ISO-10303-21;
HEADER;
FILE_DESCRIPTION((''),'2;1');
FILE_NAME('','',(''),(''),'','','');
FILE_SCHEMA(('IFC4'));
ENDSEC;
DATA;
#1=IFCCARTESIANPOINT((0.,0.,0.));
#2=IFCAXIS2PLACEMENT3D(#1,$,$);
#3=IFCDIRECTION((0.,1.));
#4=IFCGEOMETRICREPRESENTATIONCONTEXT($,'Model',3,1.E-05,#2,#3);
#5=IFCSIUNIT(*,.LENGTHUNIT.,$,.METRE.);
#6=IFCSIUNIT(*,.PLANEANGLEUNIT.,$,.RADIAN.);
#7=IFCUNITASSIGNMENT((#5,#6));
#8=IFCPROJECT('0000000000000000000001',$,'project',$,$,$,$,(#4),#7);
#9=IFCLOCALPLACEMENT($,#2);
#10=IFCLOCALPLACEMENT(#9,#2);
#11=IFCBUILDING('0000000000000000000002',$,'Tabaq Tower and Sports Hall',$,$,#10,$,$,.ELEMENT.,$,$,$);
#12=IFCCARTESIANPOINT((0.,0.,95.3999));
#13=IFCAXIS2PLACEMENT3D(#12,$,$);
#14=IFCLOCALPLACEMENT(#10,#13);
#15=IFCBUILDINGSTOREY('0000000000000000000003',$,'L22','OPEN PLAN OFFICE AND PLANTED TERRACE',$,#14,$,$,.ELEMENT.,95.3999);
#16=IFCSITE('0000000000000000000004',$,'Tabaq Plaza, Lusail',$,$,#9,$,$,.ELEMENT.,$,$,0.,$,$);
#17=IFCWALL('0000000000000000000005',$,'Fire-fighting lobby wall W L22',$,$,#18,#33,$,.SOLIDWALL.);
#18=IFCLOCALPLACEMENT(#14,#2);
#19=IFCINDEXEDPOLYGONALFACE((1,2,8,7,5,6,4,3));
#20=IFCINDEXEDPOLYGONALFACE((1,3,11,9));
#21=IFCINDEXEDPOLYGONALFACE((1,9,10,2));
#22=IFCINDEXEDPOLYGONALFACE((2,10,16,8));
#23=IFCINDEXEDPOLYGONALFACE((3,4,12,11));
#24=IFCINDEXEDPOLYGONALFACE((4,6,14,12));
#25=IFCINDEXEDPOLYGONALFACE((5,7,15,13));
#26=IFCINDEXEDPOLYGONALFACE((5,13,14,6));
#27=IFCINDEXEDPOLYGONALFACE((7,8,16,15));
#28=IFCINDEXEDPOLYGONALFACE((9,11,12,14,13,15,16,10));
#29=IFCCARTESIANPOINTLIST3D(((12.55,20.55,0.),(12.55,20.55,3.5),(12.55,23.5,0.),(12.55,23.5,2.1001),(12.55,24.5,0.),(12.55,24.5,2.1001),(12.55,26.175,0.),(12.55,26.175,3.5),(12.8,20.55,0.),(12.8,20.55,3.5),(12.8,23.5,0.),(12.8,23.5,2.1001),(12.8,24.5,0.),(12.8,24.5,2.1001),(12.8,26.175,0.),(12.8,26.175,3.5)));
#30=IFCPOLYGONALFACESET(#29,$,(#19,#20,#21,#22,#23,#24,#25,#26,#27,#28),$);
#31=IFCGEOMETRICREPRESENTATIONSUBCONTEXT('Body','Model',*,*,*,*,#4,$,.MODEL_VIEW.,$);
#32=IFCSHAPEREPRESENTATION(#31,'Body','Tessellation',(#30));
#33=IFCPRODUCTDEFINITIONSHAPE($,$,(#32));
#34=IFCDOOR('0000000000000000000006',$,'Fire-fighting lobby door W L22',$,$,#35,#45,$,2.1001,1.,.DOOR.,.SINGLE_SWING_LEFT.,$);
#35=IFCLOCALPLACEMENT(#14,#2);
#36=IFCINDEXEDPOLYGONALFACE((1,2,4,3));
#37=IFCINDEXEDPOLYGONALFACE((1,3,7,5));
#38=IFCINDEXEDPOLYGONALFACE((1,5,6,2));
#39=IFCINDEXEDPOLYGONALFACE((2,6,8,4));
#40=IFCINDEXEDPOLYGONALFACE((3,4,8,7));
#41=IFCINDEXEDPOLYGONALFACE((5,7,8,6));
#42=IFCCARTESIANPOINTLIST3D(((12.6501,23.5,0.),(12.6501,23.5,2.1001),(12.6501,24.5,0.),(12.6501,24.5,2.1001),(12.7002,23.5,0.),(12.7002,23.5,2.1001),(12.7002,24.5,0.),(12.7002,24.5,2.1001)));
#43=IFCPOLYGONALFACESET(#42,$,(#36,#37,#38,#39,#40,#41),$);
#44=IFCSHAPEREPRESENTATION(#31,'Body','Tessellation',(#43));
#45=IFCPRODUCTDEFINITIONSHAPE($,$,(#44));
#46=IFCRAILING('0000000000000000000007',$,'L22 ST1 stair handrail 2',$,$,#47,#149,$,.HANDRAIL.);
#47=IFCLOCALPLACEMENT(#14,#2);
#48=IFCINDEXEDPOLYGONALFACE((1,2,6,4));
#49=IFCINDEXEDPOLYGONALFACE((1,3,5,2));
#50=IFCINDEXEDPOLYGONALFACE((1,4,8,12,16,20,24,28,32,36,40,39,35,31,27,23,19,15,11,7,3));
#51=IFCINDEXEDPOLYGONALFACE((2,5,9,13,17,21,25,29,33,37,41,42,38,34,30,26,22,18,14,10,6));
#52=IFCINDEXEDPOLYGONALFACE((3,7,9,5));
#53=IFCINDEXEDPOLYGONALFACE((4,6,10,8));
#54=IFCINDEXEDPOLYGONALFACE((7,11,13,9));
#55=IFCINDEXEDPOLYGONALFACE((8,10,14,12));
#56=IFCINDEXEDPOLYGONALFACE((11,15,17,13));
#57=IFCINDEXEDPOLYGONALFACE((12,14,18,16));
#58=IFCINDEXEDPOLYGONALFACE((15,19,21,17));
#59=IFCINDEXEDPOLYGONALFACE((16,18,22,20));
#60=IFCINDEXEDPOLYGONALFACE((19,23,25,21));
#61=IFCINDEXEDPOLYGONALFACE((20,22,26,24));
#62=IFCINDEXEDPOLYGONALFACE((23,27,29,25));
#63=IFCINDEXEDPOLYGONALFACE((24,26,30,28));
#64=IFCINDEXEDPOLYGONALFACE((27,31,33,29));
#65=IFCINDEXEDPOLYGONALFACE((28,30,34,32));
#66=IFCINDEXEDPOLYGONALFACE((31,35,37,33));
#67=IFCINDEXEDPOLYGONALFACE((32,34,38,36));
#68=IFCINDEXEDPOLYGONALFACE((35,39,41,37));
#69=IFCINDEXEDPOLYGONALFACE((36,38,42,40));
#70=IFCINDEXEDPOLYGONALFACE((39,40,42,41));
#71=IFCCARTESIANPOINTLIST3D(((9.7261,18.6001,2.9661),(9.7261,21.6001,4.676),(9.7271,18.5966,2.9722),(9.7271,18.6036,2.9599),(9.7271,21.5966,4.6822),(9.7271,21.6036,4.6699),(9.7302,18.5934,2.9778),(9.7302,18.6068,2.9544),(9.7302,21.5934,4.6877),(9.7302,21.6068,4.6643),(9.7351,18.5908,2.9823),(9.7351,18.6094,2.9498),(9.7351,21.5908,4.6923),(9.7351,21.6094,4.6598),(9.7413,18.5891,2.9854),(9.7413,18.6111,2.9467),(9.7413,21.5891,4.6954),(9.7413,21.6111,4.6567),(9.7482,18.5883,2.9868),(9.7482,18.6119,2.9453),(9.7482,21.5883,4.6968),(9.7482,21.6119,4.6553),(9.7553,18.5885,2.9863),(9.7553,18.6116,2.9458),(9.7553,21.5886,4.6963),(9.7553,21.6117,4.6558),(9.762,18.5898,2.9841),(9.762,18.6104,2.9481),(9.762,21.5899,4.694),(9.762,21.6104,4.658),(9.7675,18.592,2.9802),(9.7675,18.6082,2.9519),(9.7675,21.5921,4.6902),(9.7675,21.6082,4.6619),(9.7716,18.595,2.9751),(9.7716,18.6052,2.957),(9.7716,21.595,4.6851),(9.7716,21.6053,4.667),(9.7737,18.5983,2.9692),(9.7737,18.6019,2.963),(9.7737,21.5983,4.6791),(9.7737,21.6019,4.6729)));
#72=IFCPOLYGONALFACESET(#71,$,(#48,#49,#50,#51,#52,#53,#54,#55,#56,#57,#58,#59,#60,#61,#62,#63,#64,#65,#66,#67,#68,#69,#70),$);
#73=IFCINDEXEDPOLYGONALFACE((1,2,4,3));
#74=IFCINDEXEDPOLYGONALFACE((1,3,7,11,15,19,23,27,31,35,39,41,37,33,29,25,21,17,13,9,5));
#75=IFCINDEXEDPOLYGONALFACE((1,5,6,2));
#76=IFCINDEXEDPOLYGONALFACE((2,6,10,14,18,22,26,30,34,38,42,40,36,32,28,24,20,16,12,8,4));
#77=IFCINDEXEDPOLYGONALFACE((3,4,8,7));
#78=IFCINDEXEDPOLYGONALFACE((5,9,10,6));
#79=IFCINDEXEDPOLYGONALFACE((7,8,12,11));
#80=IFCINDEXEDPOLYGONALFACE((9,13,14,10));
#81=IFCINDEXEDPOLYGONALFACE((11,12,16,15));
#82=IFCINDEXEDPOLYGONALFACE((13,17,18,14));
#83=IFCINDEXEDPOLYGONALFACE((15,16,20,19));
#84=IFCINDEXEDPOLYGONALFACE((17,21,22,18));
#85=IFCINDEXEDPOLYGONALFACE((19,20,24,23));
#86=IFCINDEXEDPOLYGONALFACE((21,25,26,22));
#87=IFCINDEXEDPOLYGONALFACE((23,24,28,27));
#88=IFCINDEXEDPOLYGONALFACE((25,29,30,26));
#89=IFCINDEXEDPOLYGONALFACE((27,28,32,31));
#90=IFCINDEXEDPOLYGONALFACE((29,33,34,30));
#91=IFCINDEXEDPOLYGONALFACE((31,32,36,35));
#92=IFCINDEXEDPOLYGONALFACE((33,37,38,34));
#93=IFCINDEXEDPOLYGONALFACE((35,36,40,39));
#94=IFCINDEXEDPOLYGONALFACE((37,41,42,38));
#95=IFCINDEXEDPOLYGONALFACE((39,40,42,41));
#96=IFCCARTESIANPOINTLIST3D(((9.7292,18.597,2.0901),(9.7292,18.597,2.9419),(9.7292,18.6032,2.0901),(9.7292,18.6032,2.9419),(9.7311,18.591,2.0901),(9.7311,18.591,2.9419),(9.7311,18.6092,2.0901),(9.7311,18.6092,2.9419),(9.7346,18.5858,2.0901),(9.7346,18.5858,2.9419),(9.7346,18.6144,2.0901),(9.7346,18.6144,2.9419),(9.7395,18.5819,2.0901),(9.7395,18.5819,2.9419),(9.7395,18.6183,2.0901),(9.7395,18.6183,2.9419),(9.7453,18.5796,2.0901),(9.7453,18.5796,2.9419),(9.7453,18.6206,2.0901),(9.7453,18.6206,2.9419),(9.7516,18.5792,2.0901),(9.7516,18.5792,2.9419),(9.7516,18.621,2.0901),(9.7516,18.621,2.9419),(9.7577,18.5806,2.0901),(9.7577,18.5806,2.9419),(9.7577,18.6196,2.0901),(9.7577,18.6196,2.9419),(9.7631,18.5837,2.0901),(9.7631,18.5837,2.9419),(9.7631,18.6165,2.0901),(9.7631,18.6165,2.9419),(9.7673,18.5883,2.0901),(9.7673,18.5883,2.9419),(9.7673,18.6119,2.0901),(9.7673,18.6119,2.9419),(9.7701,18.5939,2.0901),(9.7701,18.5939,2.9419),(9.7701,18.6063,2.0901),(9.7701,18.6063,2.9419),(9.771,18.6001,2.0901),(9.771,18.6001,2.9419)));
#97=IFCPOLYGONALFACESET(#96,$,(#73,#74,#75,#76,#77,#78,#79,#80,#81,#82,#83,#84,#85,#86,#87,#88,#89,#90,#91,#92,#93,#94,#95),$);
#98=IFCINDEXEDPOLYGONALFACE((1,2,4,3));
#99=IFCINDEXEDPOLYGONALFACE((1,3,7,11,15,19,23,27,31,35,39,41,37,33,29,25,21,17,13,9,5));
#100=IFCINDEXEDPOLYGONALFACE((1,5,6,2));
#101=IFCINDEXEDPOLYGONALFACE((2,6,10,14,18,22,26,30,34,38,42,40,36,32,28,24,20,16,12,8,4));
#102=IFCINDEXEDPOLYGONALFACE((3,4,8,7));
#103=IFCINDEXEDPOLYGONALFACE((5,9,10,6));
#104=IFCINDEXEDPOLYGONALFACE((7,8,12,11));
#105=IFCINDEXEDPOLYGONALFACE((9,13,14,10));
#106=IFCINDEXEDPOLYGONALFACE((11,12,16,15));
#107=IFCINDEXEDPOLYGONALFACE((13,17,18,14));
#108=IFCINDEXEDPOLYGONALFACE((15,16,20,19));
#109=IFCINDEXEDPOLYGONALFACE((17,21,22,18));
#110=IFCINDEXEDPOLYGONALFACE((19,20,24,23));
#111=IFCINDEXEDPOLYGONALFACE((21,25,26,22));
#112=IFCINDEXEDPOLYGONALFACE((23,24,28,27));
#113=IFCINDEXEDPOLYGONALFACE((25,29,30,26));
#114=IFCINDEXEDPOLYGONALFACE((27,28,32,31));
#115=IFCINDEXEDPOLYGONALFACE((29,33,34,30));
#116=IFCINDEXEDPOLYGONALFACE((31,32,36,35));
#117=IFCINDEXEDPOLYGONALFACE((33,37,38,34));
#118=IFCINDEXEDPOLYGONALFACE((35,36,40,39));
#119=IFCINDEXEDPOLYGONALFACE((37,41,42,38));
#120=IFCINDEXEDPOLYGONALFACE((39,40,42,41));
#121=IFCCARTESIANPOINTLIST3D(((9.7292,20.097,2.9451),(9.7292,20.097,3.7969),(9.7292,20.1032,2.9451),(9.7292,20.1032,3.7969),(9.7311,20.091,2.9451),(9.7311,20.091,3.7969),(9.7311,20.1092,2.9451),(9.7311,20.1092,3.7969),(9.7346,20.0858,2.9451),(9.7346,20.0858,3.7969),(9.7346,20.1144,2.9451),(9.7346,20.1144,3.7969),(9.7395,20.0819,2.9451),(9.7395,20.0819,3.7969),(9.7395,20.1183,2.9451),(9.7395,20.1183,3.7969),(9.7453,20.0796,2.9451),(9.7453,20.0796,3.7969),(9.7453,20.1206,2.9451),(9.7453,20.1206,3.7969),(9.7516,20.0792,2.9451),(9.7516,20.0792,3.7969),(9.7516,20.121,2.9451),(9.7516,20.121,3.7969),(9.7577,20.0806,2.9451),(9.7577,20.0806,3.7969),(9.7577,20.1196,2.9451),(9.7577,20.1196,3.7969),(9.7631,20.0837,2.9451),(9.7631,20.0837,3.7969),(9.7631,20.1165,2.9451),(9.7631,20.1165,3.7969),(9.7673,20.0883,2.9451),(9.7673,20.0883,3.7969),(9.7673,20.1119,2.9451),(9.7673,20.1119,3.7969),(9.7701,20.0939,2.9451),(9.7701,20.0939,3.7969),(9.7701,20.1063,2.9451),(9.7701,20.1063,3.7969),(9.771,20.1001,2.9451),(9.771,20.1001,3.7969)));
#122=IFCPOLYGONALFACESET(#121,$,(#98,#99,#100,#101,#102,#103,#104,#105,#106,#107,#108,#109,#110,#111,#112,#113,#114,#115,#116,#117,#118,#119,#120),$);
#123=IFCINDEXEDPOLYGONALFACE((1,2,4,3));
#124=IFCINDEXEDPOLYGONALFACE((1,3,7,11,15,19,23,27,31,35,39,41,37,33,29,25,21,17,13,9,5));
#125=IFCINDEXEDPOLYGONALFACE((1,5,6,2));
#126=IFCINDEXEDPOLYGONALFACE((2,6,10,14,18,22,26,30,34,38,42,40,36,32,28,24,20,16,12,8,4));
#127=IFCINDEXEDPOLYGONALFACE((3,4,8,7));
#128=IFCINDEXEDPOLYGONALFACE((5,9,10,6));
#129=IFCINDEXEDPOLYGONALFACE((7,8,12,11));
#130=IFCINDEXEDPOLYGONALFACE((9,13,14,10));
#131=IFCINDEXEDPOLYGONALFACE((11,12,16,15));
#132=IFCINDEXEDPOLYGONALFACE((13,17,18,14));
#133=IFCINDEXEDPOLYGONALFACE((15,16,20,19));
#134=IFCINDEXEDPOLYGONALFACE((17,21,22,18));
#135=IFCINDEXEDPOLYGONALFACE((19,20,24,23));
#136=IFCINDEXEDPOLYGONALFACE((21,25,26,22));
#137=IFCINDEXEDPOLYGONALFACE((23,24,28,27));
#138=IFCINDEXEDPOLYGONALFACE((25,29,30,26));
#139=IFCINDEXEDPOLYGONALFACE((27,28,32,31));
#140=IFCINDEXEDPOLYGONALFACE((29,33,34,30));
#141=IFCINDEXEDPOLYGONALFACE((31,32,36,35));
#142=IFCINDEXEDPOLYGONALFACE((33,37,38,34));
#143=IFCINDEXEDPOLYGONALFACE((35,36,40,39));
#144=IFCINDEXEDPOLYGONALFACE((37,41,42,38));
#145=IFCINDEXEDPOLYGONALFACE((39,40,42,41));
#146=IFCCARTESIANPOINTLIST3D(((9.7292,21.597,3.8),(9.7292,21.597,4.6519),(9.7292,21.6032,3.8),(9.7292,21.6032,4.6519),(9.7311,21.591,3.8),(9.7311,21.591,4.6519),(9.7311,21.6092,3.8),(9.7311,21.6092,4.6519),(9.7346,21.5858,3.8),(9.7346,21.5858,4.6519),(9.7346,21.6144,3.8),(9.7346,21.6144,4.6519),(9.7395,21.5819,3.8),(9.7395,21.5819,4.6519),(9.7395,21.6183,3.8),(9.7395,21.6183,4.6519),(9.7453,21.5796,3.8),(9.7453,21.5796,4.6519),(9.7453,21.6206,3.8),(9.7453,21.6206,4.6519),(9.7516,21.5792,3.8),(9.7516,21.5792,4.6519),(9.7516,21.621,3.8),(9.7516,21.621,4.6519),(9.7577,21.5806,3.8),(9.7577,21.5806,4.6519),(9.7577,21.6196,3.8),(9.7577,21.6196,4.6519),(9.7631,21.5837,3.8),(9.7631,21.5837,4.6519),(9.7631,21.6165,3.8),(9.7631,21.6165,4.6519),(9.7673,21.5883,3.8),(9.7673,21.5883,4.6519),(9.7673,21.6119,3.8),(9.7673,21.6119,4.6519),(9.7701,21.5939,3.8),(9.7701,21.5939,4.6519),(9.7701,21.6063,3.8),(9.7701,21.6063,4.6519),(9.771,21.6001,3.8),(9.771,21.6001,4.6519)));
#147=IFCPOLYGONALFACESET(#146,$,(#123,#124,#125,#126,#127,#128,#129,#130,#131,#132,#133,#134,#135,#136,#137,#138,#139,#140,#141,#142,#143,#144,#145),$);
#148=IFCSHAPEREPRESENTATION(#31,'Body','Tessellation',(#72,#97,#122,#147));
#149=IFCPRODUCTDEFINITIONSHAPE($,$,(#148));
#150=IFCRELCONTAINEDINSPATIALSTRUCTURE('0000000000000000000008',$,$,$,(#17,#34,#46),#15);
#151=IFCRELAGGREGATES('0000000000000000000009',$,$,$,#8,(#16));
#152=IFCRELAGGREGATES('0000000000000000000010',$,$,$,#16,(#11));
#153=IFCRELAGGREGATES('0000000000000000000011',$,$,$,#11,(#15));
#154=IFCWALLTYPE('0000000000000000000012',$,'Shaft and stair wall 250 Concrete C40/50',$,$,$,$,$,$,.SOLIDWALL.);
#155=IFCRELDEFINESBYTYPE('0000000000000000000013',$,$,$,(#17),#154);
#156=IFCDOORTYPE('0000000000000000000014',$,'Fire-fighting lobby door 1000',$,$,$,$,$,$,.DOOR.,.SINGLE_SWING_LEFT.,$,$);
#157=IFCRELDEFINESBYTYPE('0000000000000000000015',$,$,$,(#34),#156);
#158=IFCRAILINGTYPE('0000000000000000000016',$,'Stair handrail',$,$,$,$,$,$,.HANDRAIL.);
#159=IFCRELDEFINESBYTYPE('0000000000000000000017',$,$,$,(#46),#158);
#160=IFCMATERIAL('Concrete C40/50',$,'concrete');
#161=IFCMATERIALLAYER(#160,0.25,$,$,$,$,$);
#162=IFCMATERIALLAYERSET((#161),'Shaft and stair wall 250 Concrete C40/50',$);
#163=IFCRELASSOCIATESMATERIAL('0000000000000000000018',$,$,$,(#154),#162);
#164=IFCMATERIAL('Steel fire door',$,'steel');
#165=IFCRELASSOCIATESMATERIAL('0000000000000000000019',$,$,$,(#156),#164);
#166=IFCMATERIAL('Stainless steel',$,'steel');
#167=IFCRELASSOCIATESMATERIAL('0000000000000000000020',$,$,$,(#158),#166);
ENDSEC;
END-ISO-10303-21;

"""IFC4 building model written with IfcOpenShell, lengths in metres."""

from ifc_helpers import new_model, si_unit, direction, frame, frame_2d, origin, origin_2d, place, context, subcontext, project, spatial, rectangle, circle, extrude, material, layer, layer_set, type_object, element, fill, save


model = new_model("IFC4")

# Units and contexts
model_context = context("Model", 3, precision=1e-05, world=origin(), true_north=direction((0.0, 1.0)))
body_context = subcontext(model_context, "Body", "Model", "MODEL_VIEW")
ifc_project = project(units=[si_unit("LENGTHUNIT", "METRE"), si_unit("PLANEANGLEUNIT", "RADIAN")], contexts=[model_context])

# Site, building, storey
site_placement = place(None, origin())
site = spatial("IfcSite", under=ifc_project, at=site_placement, Name="Tabaq Plaza, Lusail", CompositionType="ELEMENT", RefElevation=0.0)
building_placement = place(site_placement, origin())
building = spatial("IfcBuilding", under=site, at=building_placement, Name="Tabaq Tower and Sports Hall", CompositionType="ELEMENT")
storey_placement = place(building_placement, frame((0.0, 0.0, 95.3999)))
storey = spatial("IfcBuildingStorey", under=building, at=storey_placement, Name="L22", Description="OPEN PLAN OFFICE AND PLANTED TERRACE", CompositionType="ELEMENT", Elevation=95.3999)

# Shared definitions
ifc_material_1 = material(Name="Concrete C40/50", Category="concrete")
ifc_layer_1 = layer(ifc_material_1, 0.25)
ifc_layer_set_1 = layer_set([ifc_layer_1], Name="Shaft and stair wall 250 Concrete C40/50")
wall_type_1 = type_object("IfcWallType", Name="Shaft and stair wall 250 Concrete C40/50", PredefinedType="SOLIDWALL", material=ifc_layer_set_1)

# Wall, opening, door
wall_1_placement = place(storey_placement, frame((12.675, 20.55, 0.0), z_axis=(0.0, 0.0, 1.0), x_axis=(0.0, 1.0, 0.0)))
wall_1 = element("IfcWall", 1, at=wall_1_placement, inside=storey, type_object=wall_type_1, Name="Fire-fighting lobby wall W L22", PredefinedType="SOLIDWALL", context=body_context, shape_type="SweptSolid", body=[
    extrude(rectangle(XDim=5.625, YDim=0.25, at=frame_2d((2.8125, 0.0))), origin(), (0.0, 0.0, 1.0), 3.5),
])
opening_1_placement = place(wall_1_placement, frame((2.95, 0.0, 0.0)))
opening_1 = element("IfcOpeningElement", 2, at=opening_1_placement, cuts=wall_1, PredefinedType="OPENING", context=body_context, shape_type="SweptSolid", body=[
    extrude(rectangle(XDim=1.0, YDim=2.1001, at=frame_2d((0.5, 1.05))), frame((0.0, 0.125, 0.0), z_axis=(0.0, -1.0, 0.0), x_axis=(1.0, 0.0, 0.0)), (0.0, 0.0, 1.0), 0.25),
])
ifc_material_2 = material(Name="Steel fire door", Category="steel")
door_type_1 = type_object("IfcDoorType", Name="Fire-fighting lobby door 1000", OperationType="SINGLE_SWING_LEFT", PredefinedType="DOOR", material=ifc_material_2)
door_1_placement = place(opening_1_placement, origin())
door_1 = element("IfcDoor", 3, at=door_1_placement, inside=storey, type_object=door_type_1, Name="Fire-fighting lobby door W L22", OperationType="SINGLE_SWING_LEFT", OverallHeight=2.1001, OverallWidth=1.0, PredefinedType="DOOR", context=body_context, shape_type="SweptSolid", body=[
    extrude(rectangle(XDim=1.0, YDim=2.1001, at=frame_2d((0.5, 1.05))), frame((0.0, 0.0249, 0.0), z_axis=(0.0, -1.0, 0.0), x_axis=(1.0, 0.0, 0.0)), (0.0, 0.0, 1.0), 0.05),
])
fill(opening_1, door_1)

# Railing
ifc_material_3 = material(Name="Stainless steel", Category="steel")
railing_type = type_object("IfcRailingType", Name="Stair handrail", PredefinedType="HANDRAIL", material=ifc_material_3)
railing_placement = place(storey_placement, frame((9.75, 18.6001, 2.0901)))
element("IfcRailing", 4, at=railing_placement, inside=storey, type_object=railing_type, Name="L22 ST1 stair handrail 2", PredefinedType="HANDRAIL", context=body_context, shape_type="SweptSolid", body=[
    extrude(circle(Radius=0.0239, at=origin_2d()), frame((0.0, 0.0, 0.876), z_axis=(0.0, 0.868782, 0.495195), x_axis=(-1.0, 0.0, 0.0)), (0.0, 0.0, 1.0), 3.4531),
    extrude(circle(Radius=0.021, at=origin_2d()), origin(), (0.0, 0.0, 1.0), 0.8518),
    extrude(circle(Radius=0.021, at=origin_2d()), frame((0.0, 1.5, 0.855)), (0.0, 0.0, 1.0), 0.8518),
    extrude(circle(Radius=0.021, at=origin_2d()), frame((0.0, 3.0, 1.71)), (0.0, 0.0, 1.0), 0.8518),
])

save(model, "model.ifc")
